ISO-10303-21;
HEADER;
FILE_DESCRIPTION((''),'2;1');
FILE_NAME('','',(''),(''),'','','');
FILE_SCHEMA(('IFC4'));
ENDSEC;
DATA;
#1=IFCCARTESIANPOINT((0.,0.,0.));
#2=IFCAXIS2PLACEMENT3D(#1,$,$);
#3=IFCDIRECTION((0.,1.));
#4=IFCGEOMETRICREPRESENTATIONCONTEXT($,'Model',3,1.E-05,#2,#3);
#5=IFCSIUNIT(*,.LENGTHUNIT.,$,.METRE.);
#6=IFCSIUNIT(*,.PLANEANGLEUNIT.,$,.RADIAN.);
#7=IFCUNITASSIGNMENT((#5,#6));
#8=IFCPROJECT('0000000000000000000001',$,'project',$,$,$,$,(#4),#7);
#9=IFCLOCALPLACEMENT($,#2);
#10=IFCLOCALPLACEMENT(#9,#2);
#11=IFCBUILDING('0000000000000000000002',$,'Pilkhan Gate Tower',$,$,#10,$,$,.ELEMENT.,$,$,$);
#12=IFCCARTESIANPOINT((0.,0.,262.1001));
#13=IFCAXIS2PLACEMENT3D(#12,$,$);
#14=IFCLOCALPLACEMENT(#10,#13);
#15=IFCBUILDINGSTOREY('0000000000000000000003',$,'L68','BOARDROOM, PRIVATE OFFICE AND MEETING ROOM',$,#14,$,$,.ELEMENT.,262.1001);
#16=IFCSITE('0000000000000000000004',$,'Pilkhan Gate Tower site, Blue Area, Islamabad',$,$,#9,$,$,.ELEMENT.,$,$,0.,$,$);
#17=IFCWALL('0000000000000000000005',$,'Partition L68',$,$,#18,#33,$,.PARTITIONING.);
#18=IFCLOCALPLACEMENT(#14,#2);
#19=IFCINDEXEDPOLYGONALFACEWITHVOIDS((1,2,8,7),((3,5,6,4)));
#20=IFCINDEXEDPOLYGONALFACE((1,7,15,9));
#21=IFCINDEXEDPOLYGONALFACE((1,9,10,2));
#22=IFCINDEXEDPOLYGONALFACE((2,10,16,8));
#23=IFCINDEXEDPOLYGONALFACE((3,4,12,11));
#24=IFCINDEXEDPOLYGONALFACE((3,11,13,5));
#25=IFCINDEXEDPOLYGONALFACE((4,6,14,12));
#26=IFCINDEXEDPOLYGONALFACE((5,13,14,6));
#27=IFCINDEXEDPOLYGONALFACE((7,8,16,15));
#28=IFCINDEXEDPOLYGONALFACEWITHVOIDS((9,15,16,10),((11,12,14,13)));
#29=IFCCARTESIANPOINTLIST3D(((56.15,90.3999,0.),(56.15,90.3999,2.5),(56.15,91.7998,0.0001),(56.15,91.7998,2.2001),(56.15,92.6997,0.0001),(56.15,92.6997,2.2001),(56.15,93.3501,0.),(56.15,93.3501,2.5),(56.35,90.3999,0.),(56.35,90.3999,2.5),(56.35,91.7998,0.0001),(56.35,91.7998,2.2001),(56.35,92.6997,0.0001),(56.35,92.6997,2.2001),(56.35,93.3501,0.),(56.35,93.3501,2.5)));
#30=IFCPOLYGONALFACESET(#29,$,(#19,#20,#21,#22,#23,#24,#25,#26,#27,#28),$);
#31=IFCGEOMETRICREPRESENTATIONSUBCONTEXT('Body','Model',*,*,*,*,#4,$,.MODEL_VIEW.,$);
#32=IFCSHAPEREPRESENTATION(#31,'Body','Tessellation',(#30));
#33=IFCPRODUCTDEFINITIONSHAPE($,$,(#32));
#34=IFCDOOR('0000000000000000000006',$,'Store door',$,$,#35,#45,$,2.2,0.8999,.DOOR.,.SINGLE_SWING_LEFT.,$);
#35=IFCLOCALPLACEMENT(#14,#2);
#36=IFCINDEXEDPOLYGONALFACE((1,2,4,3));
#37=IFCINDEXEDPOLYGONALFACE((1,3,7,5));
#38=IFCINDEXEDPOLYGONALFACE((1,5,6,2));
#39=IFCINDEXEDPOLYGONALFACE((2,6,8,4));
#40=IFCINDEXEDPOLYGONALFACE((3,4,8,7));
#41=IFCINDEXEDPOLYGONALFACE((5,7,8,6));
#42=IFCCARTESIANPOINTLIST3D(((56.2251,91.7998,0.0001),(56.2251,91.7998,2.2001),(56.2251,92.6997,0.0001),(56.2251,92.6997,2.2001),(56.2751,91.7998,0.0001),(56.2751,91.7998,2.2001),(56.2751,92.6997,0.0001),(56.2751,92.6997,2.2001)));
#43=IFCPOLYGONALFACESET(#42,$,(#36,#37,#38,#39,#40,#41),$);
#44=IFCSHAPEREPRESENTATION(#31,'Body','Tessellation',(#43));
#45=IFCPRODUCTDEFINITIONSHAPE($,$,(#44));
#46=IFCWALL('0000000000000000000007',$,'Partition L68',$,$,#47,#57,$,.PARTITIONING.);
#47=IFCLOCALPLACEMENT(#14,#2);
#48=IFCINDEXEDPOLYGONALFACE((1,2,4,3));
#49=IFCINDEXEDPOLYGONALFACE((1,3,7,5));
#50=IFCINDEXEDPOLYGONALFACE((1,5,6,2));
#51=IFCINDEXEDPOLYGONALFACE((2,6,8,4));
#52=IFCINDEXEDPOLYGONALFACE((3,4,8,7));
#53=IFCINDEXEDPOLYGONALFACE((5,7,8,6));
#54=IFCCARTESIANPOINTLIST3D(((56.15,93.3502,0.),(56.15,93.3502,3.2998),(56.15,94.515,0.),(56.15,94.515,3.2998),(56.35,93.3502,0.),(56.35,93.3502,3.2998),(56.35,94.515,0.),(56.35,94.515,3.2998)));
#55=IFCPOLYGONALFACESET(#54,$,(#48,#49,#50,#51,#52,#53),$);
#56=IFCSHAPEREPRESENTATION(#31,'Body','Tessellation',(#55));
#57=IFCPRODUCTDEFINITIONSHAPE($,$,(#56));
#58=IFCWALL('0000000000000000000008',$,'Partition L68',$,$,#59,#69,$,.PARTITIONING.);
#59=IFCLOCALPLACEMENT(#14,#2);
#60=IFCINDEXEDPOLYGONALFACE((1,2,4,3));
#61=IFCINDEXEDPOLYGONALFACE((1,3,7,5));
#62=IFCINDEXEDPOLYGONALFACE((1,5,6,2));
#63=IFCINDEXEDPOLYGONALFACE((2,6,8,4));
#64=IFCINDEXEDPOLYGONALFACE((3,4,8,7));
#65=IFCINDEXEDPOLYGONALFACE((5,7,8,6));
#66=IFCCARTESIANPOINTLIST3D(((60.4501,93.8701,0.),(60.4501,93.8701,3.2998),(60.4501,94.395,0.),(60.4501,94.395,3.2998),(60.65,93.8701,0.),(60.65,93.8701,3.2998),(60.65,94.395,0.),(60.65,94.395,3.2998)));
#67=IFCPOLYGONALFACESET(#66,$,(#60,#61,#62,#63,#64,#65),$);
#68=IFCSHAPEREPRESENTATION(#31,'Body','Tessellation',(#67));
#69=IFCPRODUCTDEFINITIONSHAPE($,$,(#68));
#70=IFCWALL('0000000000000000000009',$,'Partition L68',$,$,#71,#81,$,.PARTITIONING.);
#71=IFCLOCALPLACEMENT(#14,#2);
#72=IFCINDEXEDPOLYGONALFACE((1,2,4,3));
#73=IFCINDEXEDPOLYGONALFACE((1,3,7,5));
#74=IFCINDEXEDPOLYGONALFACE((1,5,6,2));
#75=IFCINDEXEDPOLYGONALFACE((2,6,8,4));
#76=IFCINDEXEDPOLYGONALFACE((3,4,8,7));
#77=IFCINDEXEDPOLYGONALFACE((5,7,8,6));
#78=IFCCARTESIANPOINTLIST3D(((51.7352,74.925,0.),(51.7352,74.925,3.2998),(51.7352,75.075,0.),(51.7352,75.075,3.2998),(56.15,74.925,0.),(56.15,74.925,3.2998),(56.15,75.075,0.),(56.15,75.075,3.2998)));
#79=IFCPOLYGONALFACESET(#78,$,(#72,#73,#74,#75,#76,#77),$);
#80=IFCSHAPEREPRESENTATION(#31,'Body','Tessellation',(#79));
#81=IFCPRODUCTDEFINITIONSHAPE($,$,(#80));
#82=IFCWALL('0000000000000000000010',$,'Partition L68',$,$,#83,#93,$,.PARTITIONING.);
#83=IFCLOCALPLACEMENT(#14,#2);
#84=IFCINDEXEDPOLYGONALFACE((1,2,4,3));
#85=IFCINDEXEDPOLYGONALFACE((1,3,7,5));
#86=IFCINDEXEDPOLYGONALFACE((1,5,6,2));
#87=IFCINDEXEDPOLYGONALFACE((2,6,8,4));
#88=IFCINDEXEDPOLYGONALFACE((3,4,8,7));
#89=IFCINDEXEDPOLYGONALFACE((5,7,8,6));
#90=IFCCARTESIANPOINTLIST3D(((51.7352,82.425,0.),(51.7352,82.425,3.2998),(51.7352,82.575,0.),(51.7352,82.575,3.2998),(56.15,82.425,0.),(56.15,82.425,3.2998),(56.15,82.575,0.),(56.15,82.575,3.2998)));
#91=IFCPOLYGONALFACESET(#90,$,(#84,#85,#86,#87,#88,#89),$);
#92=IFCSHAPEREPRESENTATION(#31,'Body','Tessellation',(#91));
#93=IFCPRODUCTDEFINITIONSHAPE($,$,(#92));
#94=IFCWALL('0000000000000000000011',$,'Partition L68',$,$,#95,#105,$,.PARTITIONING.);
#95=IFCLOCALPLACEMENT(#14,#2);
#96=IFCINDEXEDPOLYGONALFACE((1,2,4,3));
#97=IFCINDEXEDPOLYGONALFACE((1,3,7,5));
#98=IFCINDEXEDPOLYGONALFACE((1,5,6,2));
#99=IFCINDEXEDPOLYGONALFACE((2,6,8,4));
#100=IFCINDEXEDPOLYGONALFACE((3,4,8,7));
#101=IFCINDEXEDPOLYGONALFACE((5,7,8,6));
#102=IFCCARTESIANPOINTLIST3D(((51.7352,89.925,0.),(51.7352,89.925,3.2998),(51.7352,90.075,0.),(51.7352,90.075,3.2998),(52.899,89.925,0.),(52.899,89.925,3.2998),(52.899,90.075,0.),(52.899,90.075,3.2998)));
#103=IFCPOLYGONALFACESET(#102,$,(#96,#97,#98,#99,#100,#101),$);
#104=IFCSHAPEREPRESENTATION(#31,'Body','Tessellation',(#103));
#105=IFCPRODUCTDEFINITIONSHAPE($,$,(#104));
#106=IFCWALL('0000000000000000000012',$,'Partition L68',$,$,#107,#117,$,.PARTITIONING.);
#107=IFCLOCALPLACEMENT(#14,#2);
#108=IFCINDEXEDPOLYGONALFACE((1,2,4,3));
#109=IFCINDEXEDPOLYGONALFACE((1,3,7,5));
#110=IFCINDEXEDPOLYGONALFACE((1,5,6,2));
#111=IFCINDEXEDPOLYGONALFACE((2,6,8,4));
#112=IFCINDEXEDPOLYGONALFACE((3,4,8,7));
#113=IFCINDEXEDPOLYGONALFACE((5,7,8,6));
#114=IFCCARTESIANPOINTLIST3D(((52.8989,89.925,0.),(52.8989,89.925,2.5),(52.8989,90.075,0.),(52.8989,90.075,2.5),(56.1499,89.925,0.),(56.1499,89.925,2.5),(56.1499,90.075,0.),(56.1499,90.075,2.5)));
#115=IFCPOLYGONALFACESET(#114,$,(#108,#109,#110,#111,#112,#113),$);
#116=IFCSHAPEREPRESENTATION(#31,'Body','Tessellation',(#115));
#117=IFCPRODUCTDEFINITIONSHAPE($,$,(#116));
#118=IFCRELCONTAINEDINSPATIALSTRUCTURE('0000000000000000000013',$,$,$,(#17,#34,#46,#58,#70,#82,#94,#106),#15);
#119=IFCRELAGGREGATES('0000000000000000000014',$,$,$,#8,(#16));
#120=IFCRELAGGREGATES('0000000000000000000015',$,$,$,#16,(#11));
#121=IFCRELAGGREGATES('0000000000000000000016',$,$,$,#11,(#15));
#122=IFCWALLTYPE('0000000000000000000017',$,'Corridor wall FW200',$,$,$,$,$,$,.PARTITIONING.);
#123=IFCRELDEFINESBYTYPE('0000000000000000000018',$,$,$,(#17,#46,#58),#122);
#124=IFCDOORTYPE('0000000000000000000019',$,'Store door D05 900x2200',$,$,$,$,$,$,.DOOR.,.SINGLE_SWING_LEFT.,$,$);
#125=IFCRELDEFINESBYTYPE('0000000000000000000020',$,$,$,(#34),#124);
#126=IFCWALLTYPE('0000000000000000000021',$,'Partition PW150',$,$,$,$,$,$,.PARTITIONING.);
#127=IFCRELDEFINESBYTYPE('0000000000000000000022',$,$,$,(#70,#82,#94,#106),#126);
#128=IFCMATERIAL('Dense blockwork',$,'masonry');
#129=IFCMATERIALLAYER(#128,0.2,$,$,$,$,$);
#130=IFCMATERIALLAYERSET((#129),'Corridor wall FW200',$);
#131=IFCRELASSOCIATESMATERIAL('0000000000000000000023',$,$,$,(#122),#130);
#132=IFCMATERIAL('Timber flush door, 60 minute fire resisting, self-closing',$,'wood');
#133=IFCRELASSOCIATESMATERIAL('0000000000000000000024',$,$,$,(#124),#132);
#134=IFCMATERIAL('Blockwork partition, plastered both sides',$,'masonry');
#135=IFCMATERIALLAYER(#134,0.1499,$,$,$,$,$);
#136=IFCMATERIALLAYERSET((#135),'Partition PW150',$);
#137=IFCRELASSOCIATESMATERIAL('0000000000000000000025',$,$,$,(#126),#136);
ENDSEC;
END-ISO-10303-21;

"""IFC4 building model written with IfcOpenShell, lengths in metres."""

from ifc_helpers import new_model, si_unit, direction, frame, frame_2d, origin, place, context, subcontext, project, spatial, rectangle, extrude, material, layer, layer_set, type_object, element, fill, save


model = new_model("IFC4")

# Units and contexts
model_context = context("Model", 3, precision=1e-05, world=origin(), true_north=direction((0.0, 1.0)))
body_context = subcontext(model_context, "Body", "Model", "MODEL_VIEW")
ifc_project = project(units=[si_unit("LENGTHUNIT", "METRE"), si_unit("PLANEANGLEUNIT", "RADIAN")], contexts=[model_context])

# Site, building, storey
site_placement = place(None, origin())
site = spatial("IfcSite", under=ifc_project, at=site_placement, Name="Pilkhan Gate Tower site, Blue Area, Islamabad", CompositionType="ELEMENT", RefElevation=0.0)
building_placement = place(site_placement, origin())
building = spatial("IfcBuilding", under=site, at=building_placement, Name="Pilkhan Gate Tower", CompositionType="ELEMENT")
storey_placement = place(building_placement, frame((0.0, 0.0, 262.1001)))
storey = spatial("IfcBuildingStorey", under=building, at=storey_placement, Name="L68", Description="BOARDROOM, PRIVATE OFFICE AND MEETING ROOM", CompositionType="ELEMENT", Elevation=262.1001)

# Wall, opening, door
ifc_material_1 = material(Name="Dense blockwork", Category="masonry")
ifc_layer_1 = layer(ifc_material_1, 0.2)
ifc_layer_set_1 = layer_set([ifc_layer_1], Name="Corridor wall FW200")
wall_type_1 = type_object("IfcWallType", Name="Corridor wall FW200", PredefinedType="PARTITIONING", material=ifc_layer_set_1)
wall_1_placement = place(storey_placement, frame((56.25, 90.3999, 0.0), z_axis=(0.0, 0.0, 1.0), x_axis=(0.0, 1.0, 0.0)))
wall_1 = element("IfcWall", 1, at=wall_1_placement, inside=storey, type_object=wall_type_1, Name="Partition L68", PredefinedType="PARTITIONING", context=body_context, shape_type="SweptSolid", body=[
    extrude(rectangle(XDim=2.9502, YDim=0.2, at=frame_2d((1.4751, 0.0))), origin(), (0.0, 0.0, 1.0), 2.5),
])
opening_placement = place(wall_1_placement, frame((1.3999, 0.0, 0.0)))
opening = element("IfcOpeningElement", 2, at=opening_placement, cuts=wall_1, PredefinedType="OPENING", context=body_context, shape_type="SweptSolid", body=[
    extrude(rectangle(XDim=0.8999, YDim=2.2, at=frame_2d((0.45, 1.1001))), frame((0.0, 0.1099, 0.0), z_axis=(0.0, -1.0, 0.0), x_axis=(1.0, 0.0, 0.0)), (0.0, 0.0, 1.0), 0.22),
])
ifc_material_2 = material(Name="Timber flush door, 60 minute fire resisting, self-closing", Category="wood")
door_type = type_object("IfcDoorType", Name="Store door D05 900x2200", OperationType="SINGLE_SWING_LEFT", PredefinedType="DOOR", material=ifc_material_2)
door_placement = place(opening_placement, origin())
door = element("IfcDoor", 3, at=door_placement, inside=storey, type_object=door_type, Name="Store door", OperationType="SINGLE_SWING_LEFT", OverallHeight=2.2, OverallWidth=0.8999, PredefinedType="DOOR", context=body_context, shape_type="SweptSolid", body=[
    extrude(rectangle(XDim=0.8999, YDim=2.2, at=frame_2d((0.45, 1.1001))), frame((0.0, 0.0249, 0.0), z_axis=(0.0, -1.0, 0.0), x_axis=(1.0, 0.0, 0.0)), (0.0, 0.0, 1.0), 0.05),
])
fill(opening, door)

# Walls
wall_2_placement = place(storey_placement, frame((56.25, 93.3501, 0.0), z_axis=(0.0, 0.0, 1.0), x_axis=(0.0, 1.0, 0.0)))
element("IfcWall", 4, at=wall_2_placement, inside=storey, type_object=wall_type_1, Name="Partition L68", PredefinedType="PARTITIONING", context=body_context, shape_type="SweptSolid", body=[
    extrude(rectangle(XDim=1.1648, YDim=0.2, at=frame_2d((0.5825, 0.0))), origin(), (0.0, 0.0, 1.0), 3.2998),
])
wall_3_placement = place(storey_placement, frame((60.55, 93.8701, 0.0), z_axis=(0.0, 0.0, 1.0), x_axis=(0.0, 1.0, 0.0)))
element("IfcWall", 5, at=wall_3_placement, inside=storey, type_object=wall_type_1, Name="Partition L68", PredefinedType="PARTITIONING", context=body_context, shape_type="SweptSolid", body=[
    extrude(rectangle(XDim=0.5249, YDim=0.2, at=frame_2d((0.2625, 0.0))), origin(), (0.0, 0.0, 1.0), 3.2998),
])
ifc_material_3 = material(Name="Blockwork partition, plastered both sides", Category="masonry")
ifc_layer_2 = layer(ifc_material_3, 0.1499)
ifc_layer_set_2 = layer_set([ifc_layer_2], Name="Partition PW150")
wall_type_2 = type_object("IfcWallType", Name="Partition PW150", PredefinedType="PARTITIONING", material=ifc_layer_set_2)
for number, where, z_axis, x_axis, name in (
    (6, (51.7351, 75.0, 0.0), (0.0, 0.0, 1.0), (1.0, 0.0, 0.0), "Partition L68"),
    (7, (51.7351, 82.5, 0.0), (0.0, 0.0, 1.0), (1.0, 0.0, 0.0), "Partition L68"),
):
    element("IfcWall", number, at=place(storey_placement, frame(where, z_axis=z_axis, x_axis=x_axis)), inside=storey, type_object=wall_type_2, Name=name, PredefinedType="PARTITIONING", context=body_context, shape_type="SweptSolid", body=[
        extrude(rectangle(XDim=4.4148, YDim=0.1499, at=frame_2d((2.2075, 0.0))), origin(), (0.0, 0.0, 1.0), 3.2998),
    ])
wall_4_placement = place(storey_placement, frame((51.7351, 90.0, 0.0), z_axis=(0.0, 0.0, 1.0), x_axis=(1.0, 0.0, 0.0)))
element("IfcWall", 8, at=wall_4_placement, inside=storey, type_object=wall_type_2, Name="Partition L68", PredefinedType="PARTITIONING", context=body_context, shape_type="SweptSolid", body=[
    extrude(rectangle(XDim=1.1638, YDim=0.1499, at=frame_2d((0.582, 0.0))), origin(), (0.0, 0.0, 1.0), 3.2998),
])
wall_5_placement = place(storey_placement, frame((52.8989, 90.0, 0.0), z_axis=(0.0, 0.0, 1.0), x_axis=(1.0, 0.0, 0.0)))
element("IfcWall", 9, at=wall_5_placement, inside=storey, type_object=wall_type_2, Name="Partition L68", PredefinedType="PARTITIONING", context=body_context, shape_type="SweptSolid", body=[
    extrude(rectangle(XDim=3.251, YDim=0.1499, at=frame_2d((1.6255, 0.0))), origin(), (0.0, 0.0, 1.0), 2.5),
])

save(model, "model.ifc")
